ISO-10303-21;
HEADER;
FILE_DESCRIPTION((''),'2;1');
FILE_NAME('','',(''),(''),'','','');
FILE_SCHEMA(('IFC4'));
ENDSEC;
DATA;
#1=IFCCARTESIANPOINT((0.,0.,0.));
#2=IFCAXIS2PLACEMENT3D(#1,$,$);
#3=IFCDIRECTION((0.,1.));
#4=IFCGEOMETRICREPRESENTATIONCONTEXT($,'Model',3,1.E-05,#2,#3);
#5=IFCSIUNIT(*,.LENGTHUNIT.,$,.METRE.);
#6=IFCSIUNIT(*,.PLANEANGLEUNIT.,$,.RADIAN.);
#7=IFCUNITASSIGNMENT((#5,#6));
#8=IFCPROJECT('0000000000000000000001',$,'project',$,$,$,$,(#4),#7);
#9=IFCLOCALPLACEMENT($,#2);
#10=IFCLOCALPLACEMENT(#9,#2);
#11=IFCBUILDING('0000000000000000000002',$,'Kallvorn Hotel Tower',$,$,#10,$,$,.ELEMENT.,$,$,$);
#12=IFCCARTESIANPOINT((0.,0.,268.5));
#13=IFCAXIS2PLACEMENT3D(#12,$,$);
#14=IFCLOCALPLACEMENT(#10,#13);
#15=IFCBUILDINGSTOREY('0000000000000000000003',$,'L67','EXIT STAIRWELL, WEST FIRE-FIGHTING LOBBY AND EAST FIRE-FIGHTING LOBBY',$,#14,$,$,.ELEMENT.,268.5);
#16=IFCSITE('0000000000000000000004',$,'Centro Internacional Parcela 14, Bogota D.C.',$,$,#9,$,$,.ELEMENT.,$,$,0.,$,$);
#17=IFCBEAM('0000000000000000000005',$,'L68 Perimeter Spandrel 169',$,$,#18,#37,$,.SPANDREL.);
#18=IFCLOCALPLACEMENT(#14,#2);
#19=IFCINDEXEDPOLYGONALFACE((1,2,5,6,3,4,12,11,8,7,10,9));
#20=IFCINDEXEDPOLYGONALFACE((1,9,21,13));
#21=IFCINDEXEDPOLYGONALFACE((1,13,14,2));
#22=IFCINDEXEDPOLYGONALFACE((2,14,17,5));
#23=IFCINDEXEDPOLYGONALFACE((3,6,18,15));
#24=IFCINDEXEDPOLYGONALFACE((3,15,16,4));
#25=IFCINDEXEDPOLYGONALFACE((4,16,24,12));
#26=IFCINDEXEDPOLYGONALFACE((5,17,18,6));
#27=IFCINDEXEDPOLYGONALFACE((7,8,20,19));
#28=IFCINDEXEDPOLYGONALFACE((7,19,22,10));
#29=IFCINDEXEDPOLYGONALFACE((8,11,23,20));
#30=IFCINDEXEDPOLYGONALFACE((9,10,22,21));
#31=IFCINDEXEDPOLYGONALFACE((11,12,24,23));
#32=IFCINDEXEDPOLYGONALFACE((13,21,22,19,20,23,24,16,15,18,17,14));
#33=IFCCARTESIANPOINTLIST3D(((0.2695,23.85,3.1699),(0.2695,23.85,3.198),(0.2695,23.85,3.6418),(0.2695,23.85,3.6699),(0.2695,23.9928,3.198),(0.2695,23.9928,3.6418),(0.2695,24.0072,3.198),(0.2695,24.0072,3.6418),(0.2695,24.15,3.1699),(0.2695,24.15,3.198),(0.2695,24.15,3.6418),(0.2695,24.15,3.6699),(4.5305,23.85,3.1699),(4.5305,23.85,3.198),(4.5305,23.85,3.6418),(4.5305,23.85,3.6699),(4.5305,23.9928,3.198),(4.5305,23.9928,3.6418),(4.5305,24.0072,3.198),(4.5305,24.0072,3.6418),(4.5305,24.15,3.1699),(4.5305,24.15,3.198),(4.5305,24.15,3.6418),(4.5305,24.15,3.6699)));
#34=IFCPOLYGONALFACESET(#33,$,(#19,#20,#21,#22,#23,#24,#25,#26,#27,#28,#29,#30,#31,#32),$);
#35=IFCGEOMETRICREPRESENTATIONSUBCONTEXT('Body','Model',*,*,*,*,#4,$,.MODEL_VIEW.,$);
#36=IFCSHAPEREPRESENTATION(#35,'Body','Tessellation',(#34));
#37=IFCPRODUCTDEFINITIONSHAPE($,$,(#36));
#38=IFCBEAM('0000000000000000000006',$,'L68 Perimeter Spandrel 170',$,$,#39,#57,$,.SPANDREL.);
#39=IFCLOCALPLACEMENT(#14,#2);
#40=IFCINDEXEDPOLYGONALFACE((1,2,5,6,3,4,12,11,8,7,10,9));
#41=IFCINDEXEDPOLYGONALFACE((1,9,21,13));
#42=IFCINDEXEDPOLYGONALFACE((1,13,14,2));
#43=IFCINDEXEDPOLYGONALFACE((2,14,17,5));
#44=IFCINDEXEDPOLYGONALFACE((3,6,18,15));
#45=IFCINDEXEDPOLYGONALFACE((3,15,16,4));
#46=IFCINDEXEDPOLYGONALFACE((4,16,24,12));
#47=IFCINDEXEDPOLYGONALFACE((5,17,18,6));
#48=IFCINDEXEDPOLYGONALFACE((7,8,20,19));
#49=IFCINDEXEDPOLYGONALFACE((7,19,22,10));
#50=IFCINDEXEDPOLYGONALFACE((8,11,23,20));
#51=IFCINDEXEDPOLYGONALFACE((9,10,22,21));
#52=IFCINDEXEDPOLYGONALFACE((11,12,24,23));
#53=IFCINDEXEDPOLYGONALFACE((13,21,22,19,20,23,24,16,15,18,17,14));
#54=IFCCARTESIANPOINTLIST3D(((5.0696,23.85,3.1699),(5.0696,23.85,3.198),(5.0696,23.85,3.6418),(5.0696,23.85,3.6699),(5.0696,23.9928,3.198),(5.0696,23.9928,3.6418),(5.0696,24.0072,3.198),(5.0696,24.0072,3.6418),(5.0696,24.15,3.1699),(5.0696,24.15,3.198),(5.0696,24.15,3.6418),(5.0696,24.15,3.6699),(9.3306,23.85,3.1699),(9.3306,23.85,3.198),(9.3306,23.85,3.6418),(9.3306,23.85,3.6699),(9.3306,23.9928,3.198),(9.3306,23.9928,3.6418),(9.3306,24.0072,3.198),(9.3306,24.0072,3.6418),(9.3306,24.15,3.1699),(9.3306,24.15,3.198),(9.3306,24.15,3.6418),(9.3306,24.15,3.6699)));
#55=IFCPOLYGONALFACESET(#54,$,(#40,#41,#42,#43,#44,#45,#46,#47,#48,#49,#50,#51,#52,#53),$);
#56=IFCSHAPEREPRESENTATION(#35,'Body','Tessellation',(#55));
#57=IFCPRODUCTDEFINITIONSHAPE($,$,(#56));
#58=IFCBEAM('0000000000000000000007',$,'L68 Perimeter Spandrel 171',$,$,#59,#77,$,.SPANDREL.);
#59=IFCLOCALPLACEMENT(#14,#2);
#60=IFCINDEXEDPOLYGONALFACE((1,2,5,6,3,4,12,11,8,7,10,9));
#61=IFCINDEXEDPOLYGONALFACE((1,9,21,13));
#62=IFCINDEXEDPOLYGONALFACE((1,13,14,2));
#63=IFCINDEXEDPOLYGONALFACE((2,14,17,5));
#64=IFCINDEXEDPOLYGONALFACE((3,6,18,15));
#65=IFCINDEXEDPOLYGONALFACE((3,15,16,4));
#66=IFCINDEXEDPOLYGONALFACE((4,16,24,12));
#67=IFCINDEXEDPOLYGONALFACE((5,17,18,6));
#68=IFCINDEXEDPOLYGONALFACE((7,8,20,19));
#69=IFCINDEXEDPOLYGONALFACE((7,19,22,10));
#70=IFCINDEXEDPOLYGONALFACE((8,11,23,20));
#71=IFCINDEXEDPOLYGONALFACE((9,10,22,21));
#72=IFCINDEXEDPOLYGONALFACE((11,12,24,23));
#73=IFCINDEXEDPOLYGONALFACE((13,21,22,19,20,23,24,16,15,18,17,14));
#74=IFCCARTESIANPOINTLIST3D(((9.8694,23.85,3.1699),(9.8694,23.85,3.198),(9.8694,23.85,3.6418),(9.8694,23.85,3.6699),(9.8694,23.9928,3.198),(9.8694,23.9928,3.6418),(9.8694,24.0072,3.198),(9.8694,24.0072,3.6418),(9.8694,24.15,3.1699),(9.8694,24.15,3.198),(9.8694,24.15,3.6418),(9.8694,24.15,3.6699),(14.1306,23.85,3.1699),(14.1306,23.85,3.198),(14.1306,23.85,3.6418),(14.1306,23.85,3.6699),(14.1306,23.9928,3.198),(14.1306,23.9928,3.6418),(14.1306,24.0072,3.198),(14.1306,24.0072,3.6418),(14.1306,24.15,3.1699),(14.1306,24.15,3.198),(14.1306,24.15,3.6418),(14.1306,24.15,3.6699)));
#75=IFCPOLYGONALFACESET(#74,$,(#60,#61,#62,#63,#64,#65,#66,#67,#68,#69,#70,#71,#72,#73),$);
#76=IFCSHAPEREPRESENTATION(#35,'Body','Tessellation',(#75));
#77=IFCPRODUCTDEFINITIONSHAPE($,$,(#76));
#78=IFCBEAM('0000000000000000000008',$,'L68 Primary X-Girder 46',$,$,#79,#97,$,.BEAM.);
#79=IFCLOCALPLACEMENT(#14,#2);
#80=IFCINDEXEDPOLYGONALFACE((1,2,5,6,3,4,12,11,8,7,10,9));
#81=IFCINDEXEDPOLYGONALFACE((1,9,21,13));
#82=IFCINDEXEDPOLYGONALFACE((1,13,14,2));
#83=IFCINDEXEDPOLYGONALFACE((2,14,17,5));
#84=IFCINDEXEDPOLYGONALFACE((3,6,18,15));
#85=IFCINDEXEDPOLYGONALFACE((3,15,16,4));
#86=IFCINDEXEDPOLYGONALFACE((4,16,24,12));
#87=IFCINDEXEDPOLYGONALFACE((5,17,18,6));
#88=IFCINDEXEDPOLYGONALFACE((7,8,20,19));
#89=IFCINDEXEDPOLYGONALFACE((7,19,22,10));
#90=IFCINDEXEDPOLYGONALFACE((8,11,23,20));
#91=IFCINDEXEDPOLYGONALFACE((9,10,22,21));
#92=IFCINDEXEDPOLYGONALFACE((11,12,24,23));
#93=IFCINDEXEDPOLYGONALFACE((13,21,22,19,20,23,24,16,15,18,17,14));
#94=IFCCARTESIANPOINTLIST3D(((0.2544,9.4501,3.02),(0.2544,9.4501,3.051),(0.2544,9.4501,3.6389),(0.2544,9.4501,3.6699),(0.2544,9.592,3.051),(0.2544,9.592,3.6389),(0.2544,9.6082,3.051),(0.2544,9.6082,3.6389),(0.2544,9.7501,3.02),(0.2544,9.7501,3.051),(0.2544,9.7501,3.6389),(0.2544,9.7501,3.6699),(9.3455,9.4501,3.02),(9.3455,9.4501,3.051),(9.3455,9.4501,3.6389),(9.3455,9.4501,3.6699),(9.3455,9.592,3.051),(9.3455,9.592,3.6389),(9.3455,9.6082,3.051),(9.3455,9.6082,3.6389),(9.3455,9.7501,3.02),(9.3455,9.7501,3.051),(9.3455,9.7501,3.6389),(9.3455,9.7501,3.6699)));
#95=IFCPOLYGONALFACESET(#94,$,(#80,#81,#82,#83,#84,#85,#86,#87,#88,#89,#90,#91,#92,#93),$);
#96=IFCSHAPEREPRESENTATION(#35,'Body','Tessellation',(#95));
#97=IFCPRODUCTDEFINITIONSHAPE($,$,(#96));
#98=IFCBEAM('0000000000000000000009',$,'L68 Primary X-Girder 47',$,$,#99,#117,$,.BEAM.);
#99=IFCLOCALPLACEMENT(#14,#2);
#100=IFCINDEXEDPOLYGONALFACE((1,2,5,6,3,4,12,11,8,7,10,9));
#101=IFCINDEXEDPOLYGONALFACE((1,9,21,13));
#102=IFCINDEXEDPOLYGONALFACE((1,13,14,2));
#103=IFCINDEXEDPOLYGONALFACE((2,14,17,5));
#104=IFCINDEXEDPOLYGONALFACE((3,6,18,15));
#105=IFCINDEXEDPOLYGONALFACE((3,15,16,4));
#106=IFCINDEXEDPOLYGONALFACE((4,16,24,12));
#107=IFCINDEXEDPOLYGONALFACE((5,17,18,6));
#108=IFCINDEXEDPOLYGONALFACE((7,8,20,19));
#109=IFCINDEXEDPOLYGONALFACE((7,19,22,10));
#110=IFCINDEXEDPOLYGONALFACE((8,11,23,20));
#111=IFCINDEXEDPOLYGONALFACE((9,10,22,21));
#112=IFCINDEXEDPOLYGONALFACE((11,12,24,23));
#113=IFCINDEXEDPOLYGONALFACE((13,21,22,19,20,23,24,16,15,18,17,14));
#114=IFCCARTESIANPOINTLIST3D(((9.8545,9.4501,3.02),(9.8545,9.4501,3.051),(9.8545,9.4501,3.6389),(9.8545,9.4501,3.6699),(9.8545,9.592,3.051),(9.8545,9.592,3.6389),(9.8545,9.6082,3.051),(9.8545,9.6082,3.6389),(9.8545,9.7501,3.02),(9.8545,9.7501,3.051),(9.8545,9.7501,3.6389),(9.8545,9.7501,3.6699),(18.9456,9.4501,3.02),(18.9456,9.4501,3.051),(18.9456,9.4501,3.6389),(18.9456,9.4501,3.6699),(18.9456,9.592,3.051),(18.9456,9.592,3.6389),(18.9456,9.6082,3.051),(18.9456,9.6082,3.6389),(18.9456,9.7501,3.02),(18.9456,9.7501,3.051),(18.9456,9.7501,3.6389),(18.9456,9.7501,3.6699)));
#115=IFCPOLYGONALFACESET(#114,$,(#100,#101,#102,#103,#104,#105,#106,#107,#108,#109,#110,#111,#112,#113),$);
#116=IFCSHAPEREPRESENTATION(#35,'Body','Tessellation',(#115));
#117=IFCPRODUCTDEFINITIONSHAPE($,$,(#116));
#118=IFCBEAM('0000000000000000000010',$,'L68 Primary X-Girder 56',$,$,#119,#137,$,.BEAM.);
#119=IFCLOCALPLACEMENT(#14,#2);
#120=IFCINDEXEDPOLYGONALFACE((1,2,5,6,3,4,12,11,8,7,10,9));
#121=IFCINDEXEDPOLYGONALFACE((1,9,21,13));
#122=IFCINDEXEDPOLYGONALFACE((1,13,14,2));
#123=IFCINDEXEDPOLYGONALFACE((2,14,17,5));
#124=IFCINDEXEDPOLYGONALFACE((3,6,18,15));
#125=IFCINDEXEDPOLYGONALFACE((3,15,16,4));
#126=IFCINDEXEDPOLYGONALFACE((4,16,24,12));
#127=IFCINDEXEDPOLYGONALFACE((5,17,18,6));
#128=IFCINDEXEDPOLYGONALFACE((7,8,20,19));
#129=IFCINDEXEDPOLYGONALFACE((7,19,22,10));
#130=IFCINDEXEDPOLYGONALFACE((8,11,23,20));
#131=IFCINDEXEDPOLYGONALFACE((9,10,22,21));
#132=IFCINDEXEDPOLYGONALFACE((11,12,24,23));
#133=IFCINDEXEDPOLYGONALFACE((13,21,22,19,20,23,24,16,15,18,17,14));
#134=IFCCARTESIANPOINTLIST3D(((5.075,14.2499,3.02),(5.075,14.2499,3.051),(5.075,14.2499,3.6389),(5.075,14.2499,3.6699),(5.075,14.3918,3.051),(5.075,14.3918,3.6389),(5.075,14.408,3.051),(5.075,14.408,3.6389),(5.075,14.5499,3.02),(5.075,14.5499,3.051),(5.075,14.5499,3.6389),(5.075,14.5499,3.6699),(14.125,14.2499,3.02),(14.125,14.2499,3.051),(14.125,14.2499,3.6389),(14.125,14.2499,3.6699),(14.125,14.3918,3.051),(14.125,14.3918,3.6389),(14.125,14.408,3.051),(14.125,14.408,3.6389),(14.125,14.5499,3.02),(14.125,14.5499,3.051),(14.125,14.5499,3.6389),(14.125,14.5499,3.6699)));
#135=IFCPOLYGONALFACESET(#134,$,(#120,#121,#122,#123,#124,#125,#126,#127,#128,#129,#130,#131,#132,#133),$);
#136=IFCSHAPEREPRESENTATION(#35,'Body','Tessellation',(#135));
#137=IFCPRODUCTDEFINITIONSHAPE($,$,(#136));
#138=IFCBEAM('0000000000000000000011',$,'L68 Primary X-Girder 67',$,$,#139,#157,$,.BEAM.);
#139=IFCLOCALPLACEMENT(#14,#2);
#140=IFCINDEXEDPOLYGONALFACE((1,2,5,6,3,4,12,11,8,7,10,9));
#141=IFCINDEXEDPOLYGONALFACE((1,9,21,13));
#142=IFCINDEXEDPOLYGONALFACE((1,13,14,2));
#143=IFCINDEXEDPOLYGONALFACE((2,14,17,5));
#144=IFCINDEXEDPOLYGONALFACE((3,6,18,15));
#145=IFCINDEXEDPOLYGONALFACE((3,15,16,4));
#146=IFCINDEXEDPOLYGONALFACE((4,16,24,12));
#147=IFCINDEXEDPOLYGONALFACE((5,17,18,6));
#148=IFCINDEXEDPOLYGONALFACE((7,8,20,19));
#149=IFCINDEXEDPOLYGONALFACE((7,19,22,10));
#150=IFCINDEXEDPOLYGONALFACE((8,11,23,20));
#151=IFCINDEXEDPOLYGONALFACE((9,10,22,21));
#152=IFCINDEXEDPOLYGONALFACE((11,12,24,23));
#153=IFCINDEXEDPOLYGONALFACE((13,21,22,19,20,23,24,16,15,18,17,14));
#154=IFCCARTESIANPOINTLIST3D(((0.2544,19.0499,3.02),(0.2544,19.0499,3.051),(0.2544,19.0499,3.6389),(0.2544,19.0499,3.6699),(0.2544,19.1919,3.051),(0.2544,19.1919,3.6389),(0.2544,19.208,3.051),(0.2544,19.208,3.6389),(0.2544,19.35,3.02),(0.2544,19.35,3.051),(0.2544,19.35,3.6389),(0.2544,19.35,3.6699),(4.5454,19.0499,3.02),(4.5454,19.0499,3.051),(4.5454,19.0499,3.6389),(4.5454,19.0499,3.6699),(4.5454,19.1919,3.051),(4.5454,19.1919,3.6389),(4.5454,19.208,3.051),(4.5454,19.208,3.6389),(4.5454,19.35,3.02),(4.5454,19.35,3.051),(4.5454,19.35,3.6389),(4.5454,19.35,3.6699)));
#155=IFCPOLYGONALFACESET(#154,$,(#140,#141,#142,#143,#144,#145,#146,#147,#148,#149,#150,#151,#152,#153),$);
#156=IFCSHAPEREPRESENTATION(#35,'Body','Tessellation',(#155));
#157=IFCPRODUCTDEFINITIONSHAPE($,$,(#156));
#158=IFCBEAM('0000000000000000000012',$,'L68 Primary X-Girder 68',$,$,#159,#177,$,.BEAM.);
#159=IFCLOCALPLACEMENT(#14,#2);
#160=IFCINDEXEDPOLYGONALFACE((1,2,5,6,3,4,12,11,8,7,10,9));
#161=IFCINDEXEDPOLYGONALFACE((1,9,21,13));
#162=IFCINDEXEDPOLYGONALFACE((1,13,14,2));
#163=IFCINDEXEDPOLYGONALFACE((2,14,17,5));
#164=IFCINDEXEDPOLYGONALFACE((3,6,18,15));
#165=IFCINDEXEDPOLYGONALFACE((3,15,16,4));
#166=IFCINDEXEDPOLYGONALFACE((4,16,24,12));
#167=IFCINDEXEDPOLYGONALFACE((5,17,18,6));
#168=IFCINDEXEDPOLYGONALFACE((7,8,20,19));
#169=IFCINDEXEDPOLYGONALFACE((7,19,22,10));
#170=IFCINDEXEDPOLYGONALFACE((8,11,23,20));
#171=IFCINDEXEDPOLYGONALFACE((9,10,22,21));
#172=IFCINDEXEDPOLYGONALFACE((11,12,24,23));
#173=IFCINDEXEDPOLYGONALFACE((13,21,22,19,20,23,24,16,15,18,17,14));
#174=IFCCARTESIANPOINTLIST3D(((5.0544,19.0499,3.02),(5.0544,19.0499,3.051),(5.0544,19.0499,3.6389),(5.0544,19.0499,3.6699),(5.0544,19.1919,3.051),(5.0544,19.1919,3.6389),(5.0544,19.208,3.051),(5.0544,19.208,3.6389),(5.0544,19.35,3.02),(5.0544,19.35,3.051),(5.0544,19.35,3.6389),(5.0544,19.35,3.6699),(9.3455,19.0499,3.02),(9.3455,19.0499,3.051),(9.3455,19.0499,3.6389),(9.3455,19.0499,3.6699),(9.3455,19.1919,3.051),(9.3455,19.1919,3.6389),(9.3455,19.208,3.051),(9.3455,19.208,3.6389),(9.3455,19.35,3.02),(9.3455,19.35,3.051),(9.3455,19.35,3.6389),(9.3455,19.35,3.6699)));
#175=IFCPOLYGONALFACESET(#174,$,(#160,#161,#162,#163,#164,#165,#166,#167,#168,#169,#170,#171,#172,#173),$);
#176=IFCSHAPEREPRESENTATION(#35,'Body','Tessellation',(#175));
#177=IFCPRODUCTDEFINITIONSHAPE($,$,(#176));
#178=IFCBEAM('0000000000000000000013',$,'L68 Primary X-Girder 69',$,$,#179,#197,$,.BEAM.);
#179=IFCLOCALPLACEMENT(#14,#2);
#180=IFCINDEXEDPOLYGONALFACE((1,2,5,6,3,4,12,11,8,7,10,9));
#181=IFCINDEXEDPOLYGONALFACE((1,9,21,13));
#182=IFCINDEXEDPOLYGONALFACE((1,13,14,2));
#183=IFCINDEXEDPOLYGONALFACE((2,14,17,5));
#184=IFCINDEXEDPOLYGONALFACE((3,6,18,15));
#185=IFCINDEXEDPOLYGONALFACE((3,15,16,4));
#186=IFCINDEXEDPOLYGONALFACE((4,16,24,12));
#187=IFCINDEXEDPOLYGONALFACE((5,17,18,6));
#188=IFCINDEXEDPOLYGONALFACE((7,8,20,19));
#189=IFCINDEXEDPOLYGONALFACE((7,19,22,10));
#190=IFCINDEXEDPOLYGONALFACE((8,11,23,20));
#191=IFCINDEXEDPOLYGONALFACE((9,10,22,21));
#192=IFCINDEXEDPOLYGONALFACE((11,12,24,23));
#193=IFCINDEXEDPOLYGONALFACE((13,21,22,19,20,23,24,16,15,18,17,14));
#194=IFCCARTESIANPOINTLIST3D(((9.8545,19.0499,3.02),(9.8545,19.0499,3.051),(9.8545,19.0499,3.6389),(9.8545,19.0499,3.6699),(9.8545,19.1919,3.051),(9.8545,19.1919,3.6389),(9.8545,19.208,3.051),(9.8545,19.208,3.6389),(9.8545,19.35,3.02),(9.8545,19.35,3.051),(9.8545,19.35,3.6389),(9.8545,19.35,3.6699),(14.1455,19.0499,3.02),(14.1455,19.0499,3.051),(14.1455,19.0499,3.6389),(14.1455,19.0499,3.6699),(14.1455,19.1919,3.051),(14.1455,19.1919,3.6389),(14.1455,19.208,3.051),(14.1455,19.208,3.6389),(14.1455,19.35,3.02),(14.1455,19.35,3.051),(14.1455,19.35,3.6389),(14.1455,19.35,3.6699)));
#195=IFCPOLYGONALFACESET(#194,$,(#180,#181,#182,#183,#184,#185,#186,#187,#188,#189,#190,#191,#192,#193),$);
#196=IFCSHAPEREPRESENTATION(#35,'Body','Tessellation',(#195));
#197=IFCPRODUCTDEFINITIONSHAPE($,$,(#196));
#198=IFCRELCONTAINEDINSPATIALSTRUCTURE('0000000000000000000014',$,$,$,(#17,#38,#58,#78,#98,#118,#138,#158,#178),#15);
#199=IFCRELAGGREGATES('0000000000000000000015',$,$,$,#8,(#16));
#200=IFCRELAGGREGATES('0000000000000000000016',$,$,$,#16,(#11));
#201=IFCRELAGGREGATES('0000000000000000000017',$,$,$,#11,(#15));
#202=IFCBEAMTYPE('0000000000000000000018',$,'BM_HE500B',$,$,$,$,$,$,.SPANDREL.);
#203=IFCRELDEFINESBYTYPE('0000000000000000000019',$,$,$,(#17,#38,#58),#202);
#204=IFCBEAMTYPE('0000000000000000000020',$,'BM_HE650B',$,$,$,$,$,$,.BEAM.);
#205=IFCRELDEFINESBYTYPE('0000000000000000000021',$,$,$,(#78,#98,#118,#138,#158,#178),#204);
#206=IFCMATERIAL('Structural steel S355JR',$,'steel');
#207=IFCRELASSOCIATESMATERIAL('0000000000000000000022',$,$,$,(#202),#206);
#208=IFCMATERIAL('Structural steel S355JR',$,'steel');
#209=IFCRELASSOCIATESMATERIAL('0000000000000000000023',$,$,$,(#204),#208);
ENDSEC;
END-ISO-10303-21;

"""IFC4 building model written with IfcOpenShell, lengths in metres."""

from ifc_helpers import new_model, si_unit, direction, frame, origin, origin_2d, place, context, subcontext, project, spatial, i_section, extrude, material, material_profile, profile_set, type_object, element, save


model = new_model("IFC4")

# Units and contexts
model_context = context("Model", 3, precision=1e-05, world=origin(), true_north=direction((0.0, 1.0)))
body_context = subcontext(model_context, "Body", "Model", "MODEL_VIEW")
ifc_project = project(units=[si_unit("LENGTHUNIT", "METRE"), si_unit("PLANEANGLEUNIT", "RADIAN")], contexts=[model_context])

# Site, building, storey
site_placement = place(None, origin())
site = spatial("IfcSite", under=ifc_project, at=site_placement, Name="Centro Internacional Parcela 14, Bogota D.C.", CompositionType="ELEMENT", RefElevation=0.0)
building_placement = place(site_placement, origin())
building = spatial("IfcBuilding", under=site, at=building_placement, Name="Kallvorn Hotel Tower", CompositionType="ELEMENT")
storey_placement = place(building_placement, frame((0.0, 0.0, 268.5)))
storey = spatial("IfcBuildingStorey", under=building, at=storey_placement, Name="L67", Description="EXIT STAIRWELL, WEST FIRE-FIGHTING LOBBY AND EAST FIRE-FIGHTING LOBBY", CompositionType="ELEMENT", Elevation=268.5)

# Beams
ifc_material_1 = material(Name="Structural steel S355JR", Category="steel")
ifc_material_profile_1 = material_profile(ifc_material_1, i_section(OverallWidth=0.3, OverallDepth=0.5, WebThickness=0.0144, FlangeThickness=0.0281, at=origin_2d()), Name="HE 500 B")
ifc_profile_set_1 = profile_set([ifc_material_profile_1], Name="Structural steel S355JR")
beam_type_1 = type_object("IfcBeamType", Name="BM_HE500B", PredefinedType="SPANDREL", material=ifc_profile_set_1)
for number, where, z_axis, x_axis, name in (
    (1, (0.2695, 24.0, 3.4199), (1.0, 0.0, 0.0), (0.0, 1.0, 0.0), "L68 Perimeter Spandrel 169"),
    (2, (5.0696, 24.0, 3.4199), (1.0, 0.0, 0.0), (0.0, 1.0, 0.0), "L68 Perimeter Spandrel 170"),
):
    element("IfcBeam", number, at=place(storey_placement, frame(where, z_axis=z_axis, x_axis=x_axis)), inside=storey, type_object=beam_type_1, Name=name, PredefinedType="SPANDREL", context=body_context, shape_type="SweptSolid", body=[
        extrude(i_section(OverallWidth=0.3, OverallDepth=0.5, WebThickness=0.0144, FlangeThickness=0.0281, at=origin_2d()), origin(), (0.0, 0.0, 1.0), 4.261),
    ])
beam_1_placement = place(storey_placement, frame((9.8694, 24.0, 3.4199), z_axis=(1.0, 0.0, 0.0), x_axis=(0.0, 1.0, 0.0)))
element("IfcBeam", 3, at=beam_1_placement, inside=storey, type_object=beam_type_1, Name="L68 Perimeter Spandrel 171", PredefinedType="SPANDREL", context=body_context, shape_type="SweptSolid", body=[
    extrude(i_section(OverallWidth=0.3, OverallDepth=0.5, WebThickness=0.0144, FlangeThickness=0.0281, at=origin_2d()), origin(), (0.0, 0.0, 1.0), 4.2612),
])
ifc_material_2 = material(Name="Structural steel S355JR", Category="steel")
ifc_material_profile_2 = material_profile(ifc_material_2, i_section(OverallWidth=0.3, OverallDepth=0.6499, WebThickness=0.0161, FlangeThickness=0.031, at=origin_2d()), Name="HE 650 B")
ifc_profile_set_2 = profile_set([ifc_material_profile_2], Name="Structural steel S355JR")
beam_type_2 = type_object("IfcBeamType", Name="BM_HE650B", PredefinedType="BEAM", material=ifc_profile_set_2)
for number, where, z_axis, x_axis, name in (
    (4, (0.2544, 9.6001, 3.345), (1.0, 0.0, 0.0), (0.0, 1.0, 0.0), "L68 Primary X-Girder 46"),
    (5, (9.8545, 9.6001, 3.345), (1.0, 0.0, 0.0), (0.0, 1.0, 0.0), "L68 Primary X-Girder 47"),
):
    element("IfcBeam", number, at=place(storey_placement, frame(where, z_axis=z_axis, x_axis=x_axis)), inside=storey, type_object=beam_type_2, Name=name, PredefinedType="BEAM", context=body_context, shape_type="SweptSolid", body=[
        extrude(i_section(OverallWidth=0.3, OverallDepth=0.6499, WebThickness=0.0161, FlangeThickness=0.031, at=origin_2d()), origin(), (0.0, 0.0, 1.0), 9.0911),
    ])
beam_2_placement = place(storey_placement, frame((5.075, 14.3999, 3.345), z_axis=(1.0, 0.0, 0.0), x_axis=(0.0, 1.0, 0.0)))
element("IfcBeam", 6, at=beam_2_placement, inside=storey, type_object=beam_type_2, Name="L68 Primary X-Girder 56", PredefinedType="BEAM", context=body_context, shape_type="SweptSolid", body=[
    extrude(i_section(OverallWidth=0.3, OverallDepth=0.6499, WebThickness=0.0161, FlangeThickness=0.031, at=origin_2d()), origin(), (0.0, 0.0, 1.0), 9.05),
])
for number, where, z_axis, x_axis, name in (
    (7, (0.2544, 19.2, 3.345), (1.0, 0.0, 0.0), (0.0, 1.0, 0.0), "L68 Primary X-Girder 67"),
    (8, (5.0544, 19.2, 3.345), (1.0, 0.0, 0.0), (0.0, 1.0, 0.0), "L68 Primary X-Girder 68"),
    (9, (9.8545, 19.2, 3.345), (1.0, 0.0, 0.0), (0.0, 1.0, 0.0), "L68 Primary X-Girder 69"),
):
    element("IfcBeam", number, at=place(storey_placement, frame(where, z_axis=z_axis, x_axis=x_axis)), inside=storey, type_object=beam_type_2, Name=name, PredefinedType="BEAM", context=body_context, shape_type="SweptSolid", body=[
        extrude(i_section(OverallWidth=0.3, OverallDepth=0.6499, WebThickness=0.0161, FlangeThickness=0.031, at=origin_2d()), origin(), (0.0, 0.0, 1.0), 4.291),
    ])

save(model, "model.ifc")
